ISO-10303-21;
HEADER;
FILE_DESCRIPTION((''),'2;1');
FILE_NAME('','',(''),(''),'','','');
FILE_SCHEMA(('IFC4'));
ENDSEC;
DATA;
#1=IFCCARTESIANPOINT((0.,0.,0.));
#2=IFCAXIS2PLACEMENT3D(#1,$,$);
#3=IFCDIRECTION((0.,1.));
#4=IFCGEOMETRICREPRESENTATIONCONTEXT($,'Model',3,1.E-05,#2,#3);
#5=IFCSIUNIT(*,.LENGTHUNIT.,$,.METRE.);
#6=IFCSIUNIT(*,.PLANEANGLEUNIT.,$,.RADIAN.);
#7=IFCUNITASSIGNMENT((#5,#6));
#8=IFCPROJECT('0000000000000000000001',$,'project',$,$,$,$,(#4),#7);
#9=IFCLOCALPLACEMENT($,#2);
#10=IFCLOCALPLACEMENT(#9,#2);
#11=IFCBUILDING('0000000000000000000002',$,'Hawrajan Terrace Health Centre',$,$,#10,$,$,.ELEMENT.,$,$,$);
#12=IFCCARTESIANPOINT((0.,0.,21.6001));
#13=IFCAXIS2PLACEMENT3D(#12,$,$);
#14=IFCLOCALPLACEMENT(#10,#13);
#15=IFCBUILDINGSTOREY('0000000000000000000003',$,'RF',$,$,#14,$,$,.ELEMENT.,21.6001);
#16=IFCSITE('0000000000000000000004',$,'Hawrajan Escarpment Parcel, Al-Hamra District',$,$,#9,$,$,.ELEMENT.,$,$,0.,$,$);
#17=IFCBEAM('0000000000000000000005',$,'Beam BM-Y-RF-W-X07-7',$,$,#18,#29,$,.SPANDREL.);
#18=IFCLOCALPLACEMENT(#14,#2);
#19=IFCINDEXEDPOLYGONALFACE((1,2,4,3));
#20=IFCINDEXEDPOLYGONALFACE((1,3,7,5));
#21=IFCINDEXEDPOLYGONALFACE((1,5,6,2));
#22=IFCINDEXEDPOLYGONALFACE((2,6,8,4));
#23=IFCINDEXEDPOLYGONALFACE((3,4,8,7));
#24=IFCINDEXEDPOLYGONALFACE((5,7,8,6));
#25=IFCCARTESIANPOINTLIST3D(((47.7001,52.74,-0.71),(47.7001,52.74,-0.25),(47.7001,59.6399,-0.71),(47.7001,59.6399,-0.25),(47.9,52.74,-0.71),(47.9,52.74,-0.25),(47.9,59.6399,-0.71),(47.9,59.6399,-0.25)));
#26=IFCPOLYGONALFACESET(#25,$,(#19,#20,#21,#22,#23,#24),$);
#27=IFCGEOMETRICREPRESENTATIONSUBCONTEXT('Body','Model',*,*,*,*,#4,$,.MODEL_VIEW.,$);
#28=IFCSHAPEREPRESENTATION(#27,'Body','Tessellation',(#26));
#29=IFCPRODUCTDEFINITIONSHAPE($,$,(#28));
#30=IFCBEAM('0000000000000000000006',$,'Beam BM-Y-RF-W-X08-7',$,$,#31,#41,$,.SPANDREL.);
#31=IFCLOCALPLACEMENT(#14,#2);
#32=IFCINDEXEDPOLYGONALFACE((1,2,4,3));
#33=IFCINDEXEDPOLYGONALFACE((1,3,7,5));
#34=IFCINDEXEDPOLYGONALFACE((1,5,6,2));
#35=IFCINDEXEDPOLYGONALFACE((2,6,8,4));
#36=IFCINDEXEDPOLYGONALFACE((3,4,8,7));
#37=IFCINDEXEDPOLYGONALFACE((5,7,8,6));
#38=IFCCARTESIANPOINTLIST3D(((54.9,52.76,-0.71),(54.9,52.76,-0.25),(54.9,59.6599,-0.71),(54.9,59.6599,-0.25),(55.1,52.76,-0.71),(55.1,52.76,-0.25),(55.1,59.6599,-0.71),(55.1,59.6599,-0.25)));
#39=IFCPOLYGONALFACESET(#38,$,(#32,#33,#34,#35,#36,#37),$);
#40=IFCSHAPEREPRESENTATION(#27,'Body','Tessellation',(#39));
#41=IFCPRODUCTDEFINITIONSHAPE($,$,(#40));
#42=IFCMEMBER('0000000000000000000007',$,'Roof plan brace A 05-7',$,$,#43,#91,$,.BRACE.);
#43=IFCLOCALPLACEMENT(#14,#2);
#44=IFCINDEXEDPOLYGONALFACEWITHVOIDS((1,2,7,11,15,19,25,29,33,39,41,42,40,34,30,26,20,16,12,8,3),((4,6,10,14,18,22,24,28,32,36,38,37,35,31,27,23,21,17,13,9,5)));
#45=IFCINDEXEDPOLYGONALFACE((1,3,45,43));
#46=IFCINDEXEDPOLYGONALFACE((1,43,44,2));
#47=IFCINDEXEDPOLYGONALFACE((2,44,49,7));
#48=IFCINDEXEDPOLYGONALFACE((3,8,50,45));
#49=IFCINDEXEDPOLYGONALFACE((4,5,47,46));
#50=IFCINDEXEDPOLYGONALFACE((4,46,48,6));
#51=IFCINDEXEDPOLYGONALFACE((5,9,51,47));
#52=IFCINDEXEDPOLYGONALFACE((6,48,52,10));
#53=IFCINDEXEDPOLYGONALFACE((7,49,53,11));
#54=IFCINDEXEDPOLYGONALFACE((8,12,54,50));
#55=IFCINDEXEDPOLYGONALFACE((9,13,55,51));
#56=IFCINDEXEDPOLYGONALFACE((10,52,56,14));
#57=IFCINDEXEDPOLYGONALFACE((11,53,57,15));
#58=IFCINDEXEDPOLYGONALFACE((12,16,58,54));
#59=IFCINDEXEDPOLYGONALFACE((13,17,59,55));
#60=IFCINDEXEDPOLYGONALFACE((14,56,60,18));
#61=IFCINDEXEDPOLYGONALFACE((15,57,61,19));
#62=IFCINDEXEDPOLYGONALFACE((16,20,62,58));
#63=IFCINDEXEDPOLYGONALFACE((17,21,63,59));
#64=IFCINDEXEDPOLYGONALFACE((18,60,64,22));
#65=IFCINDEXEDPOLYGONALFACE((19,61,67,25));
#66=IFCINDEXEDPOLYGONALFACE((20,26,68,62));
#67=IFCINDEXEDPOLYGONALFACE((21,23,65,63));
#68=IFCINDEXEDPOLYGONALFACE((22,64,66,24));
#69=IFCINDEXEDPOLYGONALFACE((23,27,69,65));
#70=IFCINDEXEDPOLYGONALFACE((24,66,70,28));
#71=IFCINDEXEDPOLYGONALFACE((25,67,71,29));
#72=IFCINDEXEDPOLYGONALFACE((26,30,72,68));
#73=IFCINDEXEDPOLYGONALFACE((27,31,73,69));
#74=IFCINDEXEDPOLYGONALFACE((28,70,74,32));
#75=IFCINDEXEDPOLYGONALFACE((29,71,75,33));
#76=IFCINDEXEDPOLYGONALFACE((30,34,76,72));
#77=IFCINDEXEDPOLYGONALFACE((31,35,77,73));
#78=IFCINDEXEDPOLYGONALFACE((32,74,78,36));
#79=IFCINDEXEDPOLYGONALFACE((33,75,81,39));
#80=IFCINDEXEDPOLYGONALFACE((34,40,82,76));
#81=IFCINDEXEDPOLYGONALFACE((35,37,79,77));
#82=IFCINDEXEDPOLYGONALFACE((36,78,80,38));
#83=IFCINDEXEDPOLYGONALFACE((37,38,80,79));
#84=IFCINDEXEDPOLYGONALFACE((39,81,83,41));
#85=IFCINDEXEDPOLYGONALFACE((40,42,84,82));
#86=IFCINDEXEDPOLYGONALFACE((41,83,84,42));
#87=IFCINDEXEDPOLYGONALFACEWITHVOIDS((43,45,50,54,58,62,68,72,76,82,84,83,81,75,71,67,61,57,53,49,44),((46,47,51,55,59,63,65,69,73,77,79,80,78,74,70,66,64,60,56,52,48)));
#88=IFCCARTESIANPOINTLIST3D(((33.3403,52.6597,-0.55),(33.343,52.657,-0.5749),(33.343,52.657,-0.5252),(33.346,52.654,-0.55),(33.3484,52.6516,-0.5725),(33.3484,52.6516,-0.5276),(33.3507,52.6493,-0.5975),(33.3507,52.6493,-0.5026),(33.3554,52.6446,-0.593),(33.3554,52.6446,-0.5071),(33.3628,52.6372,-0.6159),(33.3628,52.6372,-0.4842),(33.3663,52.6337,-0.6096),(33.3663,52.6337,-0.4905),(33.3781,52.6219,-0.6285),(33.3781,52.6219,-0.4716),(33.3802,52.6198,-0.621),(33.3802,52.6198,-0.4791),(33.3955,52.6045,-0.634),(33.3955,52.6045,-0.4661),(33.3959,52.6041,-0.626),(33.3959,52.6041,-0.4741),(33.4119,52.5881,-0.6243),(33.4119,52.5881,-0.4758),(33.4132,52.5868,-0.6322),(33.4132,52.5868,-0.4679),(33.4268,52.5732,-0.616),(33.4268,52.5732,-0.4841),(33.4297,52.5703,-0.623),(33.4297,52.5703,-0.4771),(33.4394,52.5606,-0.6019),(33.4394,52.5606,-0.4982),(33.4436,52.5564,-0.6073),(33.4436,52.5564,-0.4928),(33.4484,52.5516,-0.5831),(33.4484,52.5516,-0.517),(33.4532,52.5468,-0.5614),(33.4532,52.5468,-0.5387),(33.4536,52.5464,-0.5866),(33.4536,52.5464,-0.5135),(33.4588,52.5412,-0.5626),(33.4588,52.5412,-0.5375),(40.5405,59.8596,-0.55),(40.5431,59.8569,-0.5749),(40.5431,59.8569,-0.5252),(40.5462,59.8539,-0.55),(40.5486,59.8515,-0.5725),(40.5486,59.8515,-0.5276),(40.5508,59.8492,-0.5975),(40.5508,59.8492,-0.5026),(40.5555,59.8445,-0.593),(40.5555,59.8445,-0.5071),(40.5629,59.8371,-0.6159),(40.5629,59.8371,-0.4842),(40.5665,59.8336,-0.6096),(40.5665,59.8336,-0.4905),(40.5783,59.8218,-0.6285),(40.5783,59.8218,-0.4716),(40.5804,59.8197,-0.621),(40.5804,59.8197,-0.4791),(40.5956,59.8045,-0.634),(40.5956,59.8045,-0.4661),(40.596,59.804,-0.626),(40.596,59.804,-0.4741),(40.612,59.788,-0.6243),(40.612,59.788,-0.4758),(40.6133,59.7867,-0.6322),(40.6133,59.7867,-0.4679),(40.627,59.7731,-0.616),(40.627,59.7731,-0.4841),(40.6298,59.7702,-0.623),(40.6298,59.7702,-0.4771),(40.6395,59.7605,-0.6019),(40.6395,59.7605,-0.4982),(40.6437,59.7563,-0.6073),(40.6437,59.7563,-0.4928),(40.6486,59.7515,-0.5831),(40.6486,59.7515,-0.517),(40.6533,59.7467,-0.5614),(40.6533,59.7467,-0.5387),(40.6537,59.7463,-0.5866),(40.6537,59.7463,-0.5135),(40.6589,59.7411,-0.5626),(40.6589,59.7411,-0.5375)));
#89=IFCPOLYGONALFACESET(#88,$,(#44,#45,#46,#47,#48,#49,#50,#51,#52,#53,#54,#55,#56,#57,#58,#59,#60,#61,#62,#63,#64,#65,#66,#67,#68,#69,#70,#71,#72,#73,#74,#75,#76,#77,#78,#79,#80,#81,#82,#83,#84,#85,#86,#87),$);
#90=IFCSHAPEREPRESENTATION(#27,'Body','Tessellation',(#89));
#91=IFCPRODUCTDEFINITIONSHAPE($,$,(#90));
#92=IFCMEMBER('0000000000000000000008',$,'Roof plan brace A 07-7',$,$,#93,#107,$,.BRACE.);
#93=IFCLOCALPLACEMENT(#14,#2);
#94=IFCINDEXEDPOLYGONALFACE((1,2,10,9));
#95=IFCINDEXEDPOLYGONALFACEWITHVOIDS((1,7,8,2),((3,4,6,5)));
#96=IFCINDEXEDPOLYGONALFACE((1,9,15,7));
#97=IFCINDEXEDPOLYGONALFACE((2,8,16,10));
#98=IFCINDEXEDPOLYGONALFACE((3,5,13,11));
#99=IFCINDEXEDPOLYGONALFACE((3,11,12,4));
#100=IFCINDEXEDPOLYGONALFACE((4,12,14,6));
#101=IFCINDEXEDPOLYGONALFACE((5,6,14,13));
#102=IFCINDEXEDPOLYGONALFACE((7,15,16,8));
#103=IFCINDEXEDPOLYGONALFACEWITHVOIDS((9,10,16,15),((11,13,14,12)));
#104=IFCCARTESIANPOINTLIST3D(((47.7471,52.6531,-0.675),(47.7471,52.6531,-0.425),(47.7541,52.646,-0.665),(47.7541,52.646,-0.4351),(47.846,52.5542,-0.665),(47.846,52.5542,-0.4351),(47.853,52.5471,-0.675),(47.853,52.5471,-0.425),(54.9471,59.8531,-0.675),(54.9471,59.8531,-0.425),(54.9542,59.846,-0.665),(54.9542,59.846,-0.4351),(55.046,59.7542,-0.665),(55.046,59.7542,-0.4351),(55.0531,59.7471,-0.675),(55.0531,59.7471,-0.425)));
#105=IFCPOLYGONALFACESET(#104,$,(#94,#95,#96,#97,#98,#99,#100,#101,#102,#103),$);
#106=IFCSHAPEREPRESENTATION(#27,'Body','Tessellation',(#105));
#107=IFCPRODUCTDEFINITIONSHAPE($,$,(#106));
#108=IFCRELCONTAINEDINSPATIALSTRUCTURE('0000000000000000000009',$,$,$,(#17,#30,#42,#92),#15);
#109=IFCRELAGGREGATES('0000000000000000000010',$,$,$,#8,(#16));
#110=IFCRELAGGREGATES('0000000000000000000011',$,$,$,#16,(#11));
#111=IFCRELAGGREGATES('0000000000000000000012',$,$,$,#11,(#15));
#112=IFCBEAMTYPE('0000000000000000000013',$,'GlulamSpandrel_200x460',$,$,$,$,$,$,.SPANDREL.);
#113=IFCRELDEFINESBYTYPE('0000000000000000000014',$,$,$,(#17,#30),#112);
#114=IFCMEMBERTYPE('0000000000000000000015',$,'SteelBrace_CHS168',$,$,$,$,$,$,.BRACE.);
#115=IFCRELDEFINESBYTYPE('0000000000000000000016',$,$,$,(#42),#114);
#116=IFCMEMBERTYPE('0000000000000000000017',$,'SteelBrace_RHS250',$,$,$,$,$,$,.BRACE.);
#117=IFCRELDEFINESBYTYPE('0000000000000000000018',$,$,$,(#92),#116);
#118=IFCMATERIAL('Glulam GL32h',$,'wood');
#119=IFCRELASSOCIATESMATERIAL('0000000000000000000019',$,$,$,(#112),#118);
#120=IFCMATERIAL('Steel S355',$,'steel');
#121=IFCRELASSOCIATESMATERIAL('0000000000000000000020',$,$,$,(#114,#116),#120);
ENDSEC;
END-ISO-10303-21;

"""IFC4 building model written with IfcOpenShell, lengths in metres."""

from ifc_helpers import new_model, si_unit, direction, frame, origin, origin_2d, place, context, subcontext, project, spatial, rectangle, hollow_rectangle, hollow_circle, extrude, material, material_profile, profile_set, type_object, element, save


model = new_model("IFC4")

# Units and contexts
model_context = context("Model", 3, precision=1e-05, world=origin(), true_north=direction((0.0, 1.0)))
body_context = subcontext(model_context, "Body", "Model", "MODEL_VIEW")
ifc_project = project(units=[si_unit("LENGTHUNIT", "METRE"), si_unit("PLANEANGLEUNIT", "RADIAN")], contexts=[model_context])

# Site, building, storey
site_placement = place(None, origin())
site = spatial("IfcSite", under=ifc_project, at=site_placement, Name="Hawrajan Escarpment Parcel, Al-Hamra District", CompositionType="ELEMENT", RefElevation=0.0)
building_placement = place(site_placement, origin())
building = spatial("IfcBuilding", under=site, at=building_placement, Name="Hawrajan Terrace Health Centre", CompositionType="ELEMENT")
storey_placement = place(building_placement, frame((0.0, 0.0, 21.6001)))
storey = spatial("IfcBuildingStorey", under=building, at=storey_placement, Name="RF", CompositionType="ELEMENT", Elevation=21.6001)

# Beams
ifc_material_1 = material(Name="Glulam GL32h", Category="wood")
ifc_material_profile_1 = material_profile(ifc_material_1, rectangle(XDim=0.2, YDim=0.46, at=origin_2d()), Name="GL SP 200x460")
ifc_profile_set_1 = profile_set([ifc_material_profile_1], Name="Glulam GL32h")
beam_type_1 = type_object("IfcBeamType", Name="GlulamSpandrel_200x460", PredefinedType="SPANDREL", material=ifc_profile_set_1)
for number, where, z_axis, x_axis, name in (
    (1, (47.8, 52.74, -0.48), (0.0, 1.0, 0.0), (-1.0, 0.0, 0.0), "Beam BM-Y-RF-W-X07-7"),
    (2, (55.0, 52.76, -0.48), (0.0, 1.0, 0.0), (-1.0, 0.0, 0.0), "Beam BM-Y-RF-W-X08-7"),
):
    element("IfcBeam", number, at=place(storey_placement, frame(where, z_axis=z_axis, x_axis=x_axis)), inside=storey, type_object=beam_type_1, Name=name, PredefinedType="SPANDREL", context=body_context, shape_type="SweptSolid", body=[
        extrude(rectangle(XDim=0.2, YDim=0.46, at=origin_2d()), origin(), (0.0, 0.0, 1.0), 6.8999),
    ])

# Members
ifc_material_2 = material(Name="Steel S355", Category="steel")
ifc_material_profile_2 = material_profile(ifc_material_2, hollow_circle(Radius=0.0842, WallThickness=0.0081, at=origin_2d()), Name="CHS 168.3x8.0")
ifc_profile_set_2 = profile_set([ifc_material_profile_2], Name="Steel S355")
member_type_1 = type_object("IfcMemberType", Name="SteelBrace_CHS168", PredefinedType="BRACE", material=ifc_profile_set_2)
member_1_placement = place(storey_placement, frame((33.3999, 52.6001, -0.55), z_axis=(0.707119, 0.707095, 0.0), x_axis=(-0.707095, 0.707119, 0.0)))
element("IfcMember", 3, at=member_1_placement, inside=storey, type_object=member_type_1, Name="Roof plan brace A 05-7", PredefinedType="BRACE", context=body_context, shape_type="SweptSolid", body=[
    extrude(hollow_circle(Radius=0.0842, WallThickness=0.0081, at=origin_2d()), origin(), (0.0, 0.0, 1.0), 10.1824),
])
ifc_material_profile_3 = material_profile(ifc_material_2, hollow_rectangle(XDim=0.1499, YDim=0.25, WallThickness=0.01, at=origin_2d()), Name="RHS 250x150x10.0")
ifc_profile_set_3 = profile_set([ifc_material_profile_3], Name="Steel S355")
member_type_2 = type_object("IfcMemberType", Name="SteelBrace_RHS250", PredefinedType="BRACE", material=ifc_profile_set_3)
member_2_placement = place(storey_placement, frame((47.8, 52.6001, -0.55), z_axis=(0.707107, 0.707107, 0.0), x_axis=(-0.707107, 0.707107, 0.0)))
element("IfcMember", 4, at=member_2_placement, inside=storey, type_object=member_type_2, Name="Roof plan brace A 07-7", PredefinedType="BRACE", context=body_context, shape_type="SweptSolid", body=[
    extrude(hollow_rectangle(XDim=0.1499, YDim=0.25, WallThickness=0.01, at=origin_2d()), origin(), (0.0, 0.0, 1.0), 10.1824),
])

save(model, "model.ifc")
